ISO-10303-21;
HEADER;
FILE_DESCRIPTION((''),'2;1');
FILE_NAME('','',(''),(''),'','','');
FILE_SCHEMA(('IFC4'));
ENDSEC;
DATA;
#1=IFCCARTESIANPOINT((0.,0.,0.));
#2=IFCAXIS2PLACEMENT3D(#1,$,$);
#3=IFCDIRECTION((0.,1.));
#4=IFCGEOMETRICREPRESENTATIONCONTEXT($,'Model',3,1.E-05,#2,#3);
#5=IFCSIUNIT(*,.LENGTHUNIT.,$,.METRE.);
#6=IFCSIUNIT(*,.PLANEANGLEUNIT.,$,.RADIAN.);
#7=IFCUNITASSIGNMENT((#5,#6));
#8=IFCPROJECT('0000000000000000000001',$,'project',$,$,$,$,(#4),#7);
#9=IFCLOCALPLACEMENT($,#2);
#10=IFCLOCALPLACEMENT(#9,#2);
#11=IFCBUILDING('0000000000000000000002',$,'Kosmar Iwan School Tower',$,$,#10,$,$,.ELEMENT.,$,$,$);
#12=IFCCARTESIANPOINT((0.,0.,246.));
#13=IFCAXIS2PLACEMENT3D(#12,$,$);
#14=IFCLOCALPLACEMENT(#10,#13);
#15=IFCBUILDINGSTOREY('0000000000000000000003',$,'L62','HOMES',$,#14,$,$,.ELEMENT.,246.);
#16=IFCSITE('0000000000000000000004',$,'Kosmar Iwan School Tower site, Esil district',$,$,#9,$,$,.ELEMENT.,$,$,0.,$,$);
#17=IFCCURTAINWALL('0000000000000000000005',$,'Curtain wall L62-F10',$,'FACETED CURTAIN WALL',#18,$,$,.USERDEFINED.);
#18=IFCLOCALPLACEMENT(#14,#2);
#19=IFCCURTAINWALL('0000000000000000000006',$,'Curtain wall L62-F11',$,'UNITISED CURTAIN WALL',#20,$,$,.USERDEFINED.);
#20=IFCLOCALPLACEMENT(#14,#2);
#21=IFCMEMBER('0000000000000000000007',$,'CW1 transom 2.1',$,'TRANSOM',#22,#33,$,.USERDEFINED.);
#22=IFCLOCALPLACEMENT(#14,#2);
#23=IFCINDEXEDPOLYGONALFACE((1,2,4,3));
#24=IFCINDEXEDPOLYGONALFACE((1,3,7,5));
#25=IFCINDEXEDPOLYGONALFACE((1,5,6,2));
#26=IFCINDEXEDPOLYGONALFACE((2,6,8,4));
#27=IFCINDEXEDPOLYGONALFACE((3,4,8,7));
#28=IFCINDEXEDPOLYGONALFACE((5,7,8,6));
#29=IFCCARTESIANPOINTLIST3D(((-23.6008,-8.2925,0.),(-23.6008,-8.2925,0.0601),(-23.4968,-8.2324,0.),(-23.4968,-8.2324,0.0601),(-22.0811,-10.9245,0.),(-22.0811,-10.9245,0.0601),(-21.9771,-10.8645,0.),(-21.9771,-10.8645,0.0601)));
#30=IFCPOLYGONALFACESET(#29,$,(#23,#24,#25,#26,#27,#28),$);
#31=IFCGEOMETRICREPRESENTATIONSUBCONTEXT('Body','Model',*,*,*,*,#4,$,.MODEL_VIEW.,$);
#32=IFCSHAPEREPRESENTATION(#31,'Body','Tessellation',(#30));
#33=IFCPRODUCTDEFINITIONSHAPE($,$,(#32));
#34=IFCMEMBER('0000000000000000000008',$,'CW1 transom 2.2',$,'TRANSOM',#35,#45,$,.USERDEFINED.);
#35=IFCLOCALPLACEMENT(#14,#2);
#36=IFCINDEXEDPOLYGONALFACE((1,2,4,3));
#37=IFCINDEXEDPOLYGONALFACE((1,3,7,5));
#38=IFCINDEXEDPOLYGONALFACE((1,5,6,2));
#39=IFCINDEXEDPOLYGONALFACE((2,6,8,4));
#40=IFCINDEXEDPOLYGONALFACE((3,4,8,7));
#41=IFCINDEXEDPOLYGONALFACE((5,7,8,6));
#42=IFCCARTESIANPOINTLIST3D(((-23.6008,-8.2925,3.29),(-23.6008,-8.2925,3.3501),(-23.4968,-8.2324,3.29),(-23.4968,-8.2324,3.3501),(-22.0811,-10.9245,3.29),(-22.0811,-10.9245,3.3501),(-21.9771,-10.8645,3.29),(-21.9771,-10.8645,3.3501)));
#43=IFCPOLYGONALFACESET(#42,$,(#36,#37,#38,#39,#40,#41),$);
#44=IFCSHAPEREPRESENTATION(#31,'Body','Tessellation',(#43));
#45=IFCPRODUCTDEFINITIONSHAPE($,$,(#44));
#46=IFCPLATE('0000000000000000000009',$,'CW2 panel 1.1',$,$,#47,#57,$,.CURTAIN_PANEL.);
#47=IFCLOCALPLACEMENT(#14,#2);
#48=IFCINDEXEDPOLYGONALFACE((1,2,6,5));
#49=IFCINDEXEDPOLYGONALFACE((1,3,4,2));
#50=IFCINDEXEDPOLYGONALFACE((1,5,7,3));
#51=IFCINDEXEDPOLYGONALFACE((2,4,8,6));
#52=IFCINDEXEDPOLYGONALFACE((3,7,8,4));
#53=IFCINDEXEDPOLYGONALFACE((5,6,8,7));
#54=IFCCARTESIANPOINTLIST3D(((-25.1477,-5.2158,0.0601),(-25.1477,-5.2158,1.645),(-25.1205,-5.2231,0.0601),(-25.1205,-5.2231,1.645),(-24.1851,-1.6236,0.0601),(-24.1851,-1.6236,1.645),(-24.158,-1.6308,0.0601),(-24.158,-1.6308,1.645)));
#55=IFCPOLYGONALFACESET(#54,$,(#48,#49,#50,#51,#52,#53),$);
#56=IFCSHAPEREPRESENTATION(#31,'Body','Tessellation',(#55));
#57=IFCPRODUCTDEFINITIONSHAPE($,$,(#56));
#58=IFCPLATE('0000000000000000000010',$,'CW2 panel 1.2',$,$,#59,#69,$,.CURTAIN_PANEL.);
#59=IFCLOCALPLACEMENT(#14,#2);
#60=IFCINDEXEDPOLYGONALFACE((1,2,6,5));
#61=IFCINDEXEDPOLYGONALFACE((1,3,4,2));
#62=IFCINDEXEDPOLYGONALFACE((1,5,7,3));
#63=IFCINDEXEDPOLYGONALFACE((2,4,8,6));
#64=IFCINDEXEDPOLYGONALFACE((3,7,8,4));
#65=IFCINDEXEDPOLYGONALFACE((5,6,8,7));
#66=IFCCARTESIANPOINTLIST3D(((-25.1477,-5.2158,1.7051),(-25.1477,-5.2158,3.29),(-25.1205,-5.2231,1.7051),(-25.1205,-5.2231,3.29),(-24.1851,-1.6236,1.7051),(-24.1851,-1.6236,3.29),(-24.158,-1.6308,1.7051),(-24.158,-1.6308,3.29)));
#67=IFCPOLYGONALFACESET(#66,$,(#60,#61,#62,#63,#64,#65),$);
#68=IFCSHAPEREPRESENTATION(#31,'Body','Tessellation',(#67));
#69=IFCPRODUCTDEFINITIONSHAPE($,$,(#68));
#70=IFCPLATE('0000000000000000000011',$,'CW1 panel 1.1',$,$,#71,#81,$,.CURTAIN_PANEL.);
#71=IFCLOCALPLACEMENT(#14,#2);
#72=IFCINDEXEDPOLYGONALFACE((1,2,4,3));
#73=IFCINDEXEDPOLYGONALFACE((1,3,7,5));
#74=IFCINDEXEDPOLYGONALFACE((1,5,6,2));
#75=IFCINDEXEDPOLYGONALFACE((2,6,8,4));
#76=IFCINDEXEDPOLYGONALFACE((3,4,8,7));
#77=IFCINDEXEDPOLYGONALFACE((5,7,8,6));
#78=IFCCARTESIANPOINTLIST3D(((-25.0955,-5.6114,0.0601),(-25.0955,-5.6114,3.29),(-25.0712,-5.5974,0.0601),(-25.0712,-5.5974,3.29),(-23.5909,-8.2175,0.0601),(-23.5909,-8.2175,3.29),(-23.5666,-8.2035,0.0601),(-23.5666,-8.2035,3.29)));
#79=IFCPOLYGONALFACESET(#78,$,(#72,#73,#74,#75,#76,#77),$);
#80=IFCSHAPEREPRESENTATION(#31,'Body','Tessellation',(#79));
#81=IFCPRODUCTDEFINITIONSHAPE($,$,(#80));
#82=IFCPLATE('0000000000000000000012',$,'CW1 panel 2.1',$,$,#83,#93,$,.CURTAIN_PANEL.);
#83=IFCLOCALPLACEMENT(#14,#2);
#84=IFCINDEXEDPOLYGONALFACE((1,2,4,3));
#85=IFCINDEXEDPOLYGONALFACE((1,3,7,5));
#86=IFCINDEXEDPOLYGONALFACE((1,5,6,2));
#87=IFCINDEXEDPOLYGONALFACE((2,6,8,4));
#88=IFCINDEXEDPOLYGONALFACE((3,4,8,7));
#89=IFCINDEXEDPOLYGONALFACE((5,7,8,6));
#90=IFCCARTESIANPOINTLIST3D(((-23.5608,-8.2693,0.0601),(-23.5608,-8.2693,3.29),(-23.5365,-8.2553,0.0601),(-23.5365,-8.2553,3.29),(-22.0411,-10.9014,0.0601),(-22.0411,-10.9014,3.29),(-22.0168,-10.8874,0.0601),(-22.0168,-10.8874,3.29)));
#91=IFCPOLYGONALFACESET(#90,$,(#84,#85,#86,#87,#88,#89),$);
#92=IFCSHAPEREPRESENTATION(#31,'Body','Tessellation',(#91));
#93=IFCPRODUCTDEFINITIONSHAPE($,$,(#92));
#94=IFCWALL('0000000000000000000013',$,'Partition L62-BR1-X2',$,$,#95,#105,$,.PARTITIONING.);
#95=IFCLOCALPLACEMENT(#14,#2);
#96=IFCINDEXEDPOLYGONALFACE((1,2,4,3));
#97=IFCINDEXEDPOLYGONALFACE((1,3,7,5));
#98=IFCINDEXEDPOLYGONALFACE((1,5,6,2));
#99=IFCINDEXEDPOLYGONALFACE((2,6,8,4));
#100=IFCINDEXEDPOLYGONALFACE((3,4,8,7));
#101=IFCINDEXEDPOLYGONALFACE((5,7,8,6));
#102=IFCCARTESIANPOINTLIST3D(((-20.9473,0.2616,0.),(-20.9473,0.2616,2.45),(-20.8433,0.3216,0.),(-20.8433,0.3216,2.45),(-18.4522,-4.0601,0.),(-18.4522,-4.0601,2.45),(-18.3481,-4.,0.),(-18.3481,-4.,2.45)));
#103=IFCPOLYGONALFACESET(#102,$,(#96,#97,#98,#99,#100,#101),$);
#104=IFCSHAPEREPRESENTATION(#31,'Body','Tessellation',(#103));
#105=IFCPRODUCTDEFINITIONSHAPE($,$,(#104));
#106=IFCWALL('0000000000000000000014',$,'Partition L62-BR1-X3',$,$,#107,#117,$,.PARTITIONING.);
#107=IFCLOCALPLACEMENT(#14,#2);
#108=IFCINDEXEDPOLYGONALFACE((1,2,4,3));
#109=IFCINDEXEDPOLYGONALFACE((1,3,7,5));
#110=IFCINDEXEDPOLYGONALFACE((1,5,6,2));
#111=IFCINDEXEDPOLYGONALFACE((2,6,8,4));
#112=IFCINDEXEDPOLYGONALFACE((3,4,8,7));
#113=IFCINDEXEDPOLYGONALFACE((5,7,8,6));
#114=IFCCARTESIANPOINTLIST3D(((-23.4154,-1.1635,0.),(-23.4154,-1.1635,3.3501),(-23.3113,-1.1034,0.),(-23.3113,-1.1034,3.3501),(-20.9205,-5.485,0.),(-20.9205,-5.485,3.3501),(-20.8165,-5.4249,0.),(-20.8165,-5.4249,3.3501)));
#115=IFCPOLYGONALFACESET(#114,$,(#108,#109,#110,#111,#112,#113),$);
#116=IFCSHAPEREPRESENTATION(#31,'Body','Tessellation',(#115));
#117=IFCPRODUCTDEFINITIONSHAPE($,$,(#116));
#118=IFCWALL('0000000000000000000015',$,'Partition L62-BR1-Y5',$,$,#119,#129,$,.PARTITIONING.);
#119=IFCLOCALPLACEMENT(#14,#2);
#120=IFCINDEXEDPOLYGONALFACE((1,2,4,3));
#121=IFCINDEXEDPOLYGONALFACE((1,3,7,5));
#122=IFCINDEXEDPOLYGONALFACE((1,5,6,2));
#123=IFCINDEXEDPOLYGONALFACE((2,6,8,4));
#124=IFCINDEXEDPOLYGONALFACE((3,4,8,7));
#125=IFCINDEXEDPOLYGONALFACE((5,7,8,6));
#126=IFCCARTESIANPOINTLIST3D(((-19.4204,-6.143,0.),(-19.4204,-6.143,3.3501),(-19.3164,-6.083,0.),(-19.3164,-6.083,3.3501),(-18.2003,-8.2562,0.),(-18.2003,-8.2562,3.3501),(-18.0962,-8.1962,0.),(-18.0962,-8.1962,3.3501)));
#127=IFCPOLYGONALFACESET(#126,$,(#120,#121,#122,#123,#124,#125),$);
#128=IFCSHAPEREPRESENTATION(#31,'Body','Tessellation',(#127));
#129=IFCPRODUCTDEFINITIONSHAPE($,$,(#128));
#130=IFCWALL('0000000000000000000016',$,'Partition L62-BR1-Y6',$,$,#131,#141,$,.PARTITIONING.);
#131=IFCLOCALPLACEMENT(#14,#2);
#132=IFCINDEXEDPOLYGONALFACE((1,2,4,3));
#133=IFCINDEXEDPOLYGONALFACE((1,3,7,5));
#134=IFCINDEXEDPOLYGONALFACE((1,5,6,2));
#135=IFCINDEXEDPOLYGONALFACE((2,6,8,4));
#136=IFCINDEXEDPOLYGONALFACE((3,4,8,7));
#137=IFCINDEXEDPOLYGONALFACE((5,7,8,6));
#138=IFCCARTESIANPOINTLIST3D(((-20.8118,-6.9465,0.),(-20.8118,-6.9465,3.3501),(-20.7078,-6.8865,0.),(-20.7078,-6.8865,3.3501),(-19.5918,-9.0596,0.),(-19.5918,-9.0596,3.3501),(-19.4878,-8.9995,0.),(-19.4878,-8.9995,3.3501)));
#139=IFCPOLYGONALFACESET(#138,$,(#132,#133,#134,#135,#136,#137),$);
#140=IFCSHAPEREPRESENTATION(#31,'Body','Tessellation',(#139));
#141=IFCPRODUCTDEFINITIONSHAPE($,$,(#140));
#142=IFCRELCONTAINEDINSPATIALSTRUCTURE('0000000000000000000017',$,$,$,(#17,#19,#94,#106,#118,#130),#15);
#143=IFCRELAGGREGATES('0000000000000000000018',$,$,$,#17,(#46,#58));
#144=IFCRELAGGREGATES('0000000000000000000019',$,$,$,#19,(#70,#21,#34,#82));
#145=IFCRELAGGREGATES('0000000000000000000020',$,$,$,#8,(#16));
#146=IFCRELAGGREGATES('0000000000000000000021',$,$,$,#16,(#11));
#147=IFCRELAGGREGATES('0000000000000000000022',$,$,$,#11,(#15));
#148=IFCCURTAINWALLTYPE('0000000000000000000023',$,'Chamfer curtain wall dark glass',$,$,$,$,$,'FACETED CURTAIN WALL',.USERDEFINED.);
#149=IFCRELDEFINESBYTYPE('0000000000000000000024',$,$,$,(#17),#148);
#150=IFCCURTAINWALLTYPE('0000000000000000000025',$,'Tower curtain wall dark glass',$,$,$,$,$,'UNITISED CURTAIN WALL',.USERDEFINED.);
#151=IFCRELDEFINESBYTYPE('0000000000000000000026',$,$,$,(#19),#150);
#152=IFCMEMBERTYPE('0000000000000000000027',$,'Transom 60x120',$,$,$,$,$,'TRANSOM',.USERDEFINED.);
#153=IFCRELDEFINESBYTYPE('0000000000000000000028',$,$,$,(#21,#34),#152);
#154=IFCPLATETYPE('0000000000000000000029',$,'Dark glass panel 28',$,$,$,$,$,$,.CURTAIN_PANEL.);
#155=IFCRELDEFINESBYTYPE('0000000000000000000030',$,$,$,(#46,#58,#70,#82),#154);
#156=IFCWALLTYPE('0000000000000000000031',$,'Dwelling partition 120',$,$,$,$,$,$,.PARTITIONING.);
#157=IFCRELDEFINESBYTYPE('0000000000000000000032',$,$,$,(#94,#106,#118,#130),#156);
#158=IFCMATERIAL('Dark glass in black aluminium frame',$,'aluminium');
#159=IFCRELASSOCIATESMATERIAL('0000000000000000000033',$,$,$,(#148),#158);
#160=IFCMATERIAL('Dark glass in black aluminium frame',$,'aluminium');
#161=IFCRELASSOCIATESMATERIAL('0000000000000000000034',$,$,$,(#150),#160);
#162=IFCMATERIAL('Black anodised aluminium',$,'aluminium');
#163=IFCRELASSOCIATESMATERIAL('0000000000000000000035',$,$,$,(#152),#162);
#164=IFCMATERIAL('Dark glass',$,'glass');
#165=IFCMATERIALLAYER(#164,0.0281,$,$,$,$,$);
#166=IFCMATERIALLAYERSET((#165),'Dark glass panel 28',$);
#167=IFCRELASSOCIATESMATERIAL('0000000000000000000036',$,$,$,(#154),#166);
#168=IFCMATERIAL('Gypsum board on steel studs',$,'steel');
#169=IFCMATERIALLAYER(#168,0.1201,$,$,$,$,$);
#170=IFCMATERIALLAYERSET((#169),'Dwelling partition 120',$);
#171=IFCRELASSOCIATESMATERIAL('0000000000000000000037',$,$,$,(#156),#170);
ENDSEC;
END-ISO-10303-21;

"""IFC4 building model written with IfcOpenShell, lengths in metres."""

from ifc_helpers import new_model, si_unit, direction, frame, frame_2d, origin, origin_2d, place, context, subcontext, project, spatial, rectangle, extrude, material, layer, layer_set, material_profile, profile_set, type_object, element, aggregate, save


model = new_model("IFC4")

# Units and contexts
model_context = context("Model", 3, precision=1e-05, world=origin(), true_north=direction((0.0, 1.0)))
body_context = subcontext(model_context, "Body", "Model", "MODEL_VIEW")
ifc_project = project(units=[si_unit("LENGTHUNIT", "METRE"), si_unit("PLANEANGLEUNIT", "RADIAN")], contexts=[model_context])

# Site, building, storey
site_placement = place(None, origin())
site = spatial("IfcSite", under=ifc_project, at=site_placement, Name="Kosmar Iwan School Tower site, Esil district", CompositionType="ELEMENT", RefElevation=0.0)
building_placement = place(site_placement, origin())
building = spatial("IfcBuilding", under=site, at=building_placement, Name="Kosmar Iwan School Tower", CompositionType="ELEMENT")
storey_placement = place(building_placement, frame((0.0, 0.0, 246.0)))
storey = spatial("IfcBuildingStorey", under=building, at=storey_placement, Name="L62", Description="HOMES", CompositionType="ELEMENT", Elevation=246.0)

# Curtain walls
ifc_material_1 = material(Name="Dark glass in black aluminium frame", Category="aluminium")
curtain_wall_type_1 = type_object("IfcCurtainWallType", Name="Chamfer curtain wall dark glass", ElementType="FACETED CURTAIN WALL", PredefinedType="USERDEFINED", material=ifc_material_1)
curtain_wall_1_placement = place(storey_placement, origin())
curtain_wall_1 = element("IfcCurtainWall", 1, at=curtain_wall_1_placement, inside=storey, type_object=curtain_wall_type_1, Name="Curtain wall L62-F10", ObjectType="FACETED CURTAIN WALL", PredefinedType="USERDEFINED")
ifc_material_2 = material(Name="Dark glass in black aluminium frame", Category="aluminium")
curtain_wall_type_2 = type_object("IfcCurtainWallType", Name="Tower curtain wall dark glass", ElementType="UNITISED CURTAIN WALL", PredefinedType="USERDEFINED", material=ifc_material_2)
curtain_wall_2_placement = place(storey_placement, origin())
curtain_wall_2 = element("IfcCurtainWall", 2, at=curtain_wall_2_placement, inside=storey, type_object=curtain_wall_type_2, Name="Curtain wall L62-F11", ObjectType="UNITISED CURTAIN WALL", PredefinedType="USERDEFINED")

# Members
ifc_material_3 = material(Name="Black anodised aluminium", Category="aluminium")
ifc_material_profile_1 = material_profile(ifc_material_3, rectangle(XDim=0.1201, YDim=0.0601, at=origin_2d()), Name="TRANSOM 60x120")
ifc_profile_set_1 = profile_set([ifc_material_profile_1], Name="Black anodised aluminium")
member_type_1 = type_object("IfcMemberType", Name="Transom 60x120", ElementType="TRANSOM", PredefinedType="USERDEFINED", material=ifc_profile_set_1)
member_1_placement = place(storey_placement, frame((-23.5488, -8.2625, 0.03), z_axis=(0.500035, -0.866005, 0.0), x_axis=(0.866005, 0.500035, 0.0)))
member_1 = element("IfcMember", 3, at=member_1_placement, type_object=member_type_1, Name="CW1 transom 2.1", ObjectType="TRANSOM", PredefinedType="USERDEFINED", context=body_context, shape_type="SweptSolid", body=[
    extrude(rectangle(XDim=0.1201, YDim=0.0601, at=origin_2d()), origin(), (0.0, 0.0, 1.0), 3.0393),
])
member_2_placement = place(storey_placement, frame((-23.5488, -8.2625, 3.3201), z_axis=(0.500035, -0.866005, 0.0), x_axis=(0.866005, 0.500035, 0.0)))
member_2 = element("IfcMember", 4, at=member_2_placement, type_object=member_type_1, Name="CW1 transom 2.2", ObjectType="TRANSOM", PredefinedType="USERDEFINED", context=body_context, shape_type="SweptSolid", body=[
    extrude(rectangle(XDim=0.1201, YDim=0.0601, at=origin_2d()), origin(), (0.0, 0.0, 1.0), 3.0393),
])

# Plates
ifc_material_4 = material(Name="Dark glass", Category="glass")
ifc_layer_1 = layer(ifc_material_4, 0.0281)
ifc_layer_set_1 = layer_set([ifc_layer_1], Name="Dark glass panel 28")
plate_type = type_object("IfcPlateType", Name="Dark glass panel 28", PredefinedType="CURTAIN_PANEL", material=ifc_layer_set_1)
plate_1_placement = place(storey_placement, frame((-24.6528, -3.4233, 0.0601), z_axis=(0.0, 0.0, 1.0), x_axis=(-0.258819, -0.965926, 0.0)))
plate_1 = element("IfcPlate", 5, at=plate_1_placement, type_object=plate_type, Name="CW2 panel 1.1", PredefinedType="CURTAIN_PANEL", context=body_context, shape_type="SweptSolid", body=[
    extrude(rectangle(XDim=3.719, YDim=0.0281, at=origin_2d()), origin(), (0.0, 0.0, 1.0), 1.585),
])
plate_2_placement = place(storey_placement, frame((-24.6528, -3.4233, 1.7051), z_axis=(0.0, 0.0, 1.0), x_axis=(-0.258819, -0.965926, 0.0)))
plate_2 = element("IfcPlate", 6, at=plate_2_placement, type_object=plate_type, Name="CW2 panel 1.2", PredefinedType="CURTAIN_PANEL", context=body_context, shape_type="SweptSolid", body=[
    extrude(rectangle(XDim=3.719, YDim=0.0281, at=origin_2d()), origin(), (0.0, 0.0, 1.0), 1.585),
])
aggregate(curtain_wall_1, [plate_1, plate_2])
plate_3_placement = place(storey_placement, frame((-24.3311, -6.9075, 0.0601), z_axis=(0.0, 0.0, 1.0), x_axis=(0.5, -0.866025, 0.0)))
plate_3 = element("IfcPlate", 7, at=plate_3_placement, type_object=plate_type, Name="CW1 panel 1.1", PredefinedType="CURTAIN_PANEL", context=body_context, shape_type="SweptSolid", body=[
    extrude(rectangle(XDim=3.0093, YDim=0.0281, at=origin_2d()), origin(), (0.0, 0.0, 1.0), 3.23),
])
plate_4_placement = place(storey_placement, frame((-22.7888, -9.5784, 0.0601), z_axis=(0.0, 0.0, 1.0), x_axis=(0.5, -0.866025, 0.0)))
plate_4 = element("IfcPlate", 8, at=plate_4_placement, type_object=plate_type, Name="CW1 panel 2.1", PredefinedType="CURTAIN_PANEL", context=body_context, shape_type="SweptSolid", body=[
    extrude(rectangle(XDim=3.0393, YDim=0.0281, at=origin_2d()), origin(), (0.0, 0.0, 1.0), 3.23),
])
aggregate(curtain_wall_2, [plate_3, member_1, member_2, plate_4])

# Walls
ifc_material_5 = material(Name="Gypsum board on steel studs", Category="steel")
ifc_layer_2 = layer(ifc_material_5, 0.1201)
ifc_layer_set_2 = layer_set([ifc_layer_2], Name="Dwelling partition 120")
wall_type = type_object("IfcWallType", Name="Dwelling partition 120", PredefinedType="PARTITIONING", material=ifc_layer_set_2)
wall_1_placement = place(storey_placement, frame((-18.4001, -4.03, 0.0), z_axis=(0.0, 0.0, 1.0), x_axis=(-0.500012, 0.866019, 0.0)))
element("IfcWall", 9, at=wall_1_placement, inside=storey, type_object=wall_type, Name="Partition L62-BR1-X2", PredefinedType="PARTITIONING", context=body_context, shape_type="SweptSolid", body=[
    extrude(rectangle(XDim=4.9902, YDim=0.1201, at=frame_2d((2.4951, 0.0))), origin(), (0.0, 0.0, 1.0), 2.45),
])
wall_2_placement = place(storey_placement, frame((-20.8684, -5.4551, 0.0), z_axis=(0.0, 0.0, 1.0), x_axis=(-0.499975, 0.86604, 0.0)))
element("IfcWall", 10, at=wall_2_placement, inside=storey, type_object=wall_type, Name="Partition L62-BR1-X3", PredefinedType="PARTITIONING", context=body_context, shape_type="SweptSolid", body=[
    extrude(rectangle(XDim=4.99, YDim=0.1201, at=frame_2d((2.4951, 0.0))), origin(), (0.0, 0.0, 1.0), 3.3501),
])
wall_3_placement = place(storey_placement, frame((-18.1482, -8.2263, 0.0), z_axis=(0.0, 0.0, 1.0), x_axis=(-0.500034, 0.866006, 0.0)))
element("IfcWall", 11, at=wall_3_placement, inside=storey, type_object=wall_type, Name="Partition L62-BR1-Y5", PredefinedType="PARTITIONING", context=body_context, shape_type="SweptSolid", body=[
    extrude(rectangle(XDim=2.4402, YDim=0.1201, at=frame_2d((1.2202, 0.0))), origin(), (0.0, 0.0, 1.0), 3.3501),
])
wall_4_placement = place(storey_placement, frame((-19.5398, -9.0295, 0.0), z_axis=(0.0, 0.0, 1.0), x_axis=(-0.500003, 0.866024, 0.0)))
element("IfcWall", 12, at=wall_4_placement, inside=storey, type_object=wall_type, Name="Partition L62-BR1-Y6", PredefinedType="PARTITIONING", context=body_context, shape_type="SweptSolid", body=[
    extrude(rectangle(XDim=2.4399, YDim=0.1201, at=frame_2d((1.22, 0.0))), origin(), (0.0, 0.0, 1.0), 3.3501),
])

save(model, "model.ifc")
